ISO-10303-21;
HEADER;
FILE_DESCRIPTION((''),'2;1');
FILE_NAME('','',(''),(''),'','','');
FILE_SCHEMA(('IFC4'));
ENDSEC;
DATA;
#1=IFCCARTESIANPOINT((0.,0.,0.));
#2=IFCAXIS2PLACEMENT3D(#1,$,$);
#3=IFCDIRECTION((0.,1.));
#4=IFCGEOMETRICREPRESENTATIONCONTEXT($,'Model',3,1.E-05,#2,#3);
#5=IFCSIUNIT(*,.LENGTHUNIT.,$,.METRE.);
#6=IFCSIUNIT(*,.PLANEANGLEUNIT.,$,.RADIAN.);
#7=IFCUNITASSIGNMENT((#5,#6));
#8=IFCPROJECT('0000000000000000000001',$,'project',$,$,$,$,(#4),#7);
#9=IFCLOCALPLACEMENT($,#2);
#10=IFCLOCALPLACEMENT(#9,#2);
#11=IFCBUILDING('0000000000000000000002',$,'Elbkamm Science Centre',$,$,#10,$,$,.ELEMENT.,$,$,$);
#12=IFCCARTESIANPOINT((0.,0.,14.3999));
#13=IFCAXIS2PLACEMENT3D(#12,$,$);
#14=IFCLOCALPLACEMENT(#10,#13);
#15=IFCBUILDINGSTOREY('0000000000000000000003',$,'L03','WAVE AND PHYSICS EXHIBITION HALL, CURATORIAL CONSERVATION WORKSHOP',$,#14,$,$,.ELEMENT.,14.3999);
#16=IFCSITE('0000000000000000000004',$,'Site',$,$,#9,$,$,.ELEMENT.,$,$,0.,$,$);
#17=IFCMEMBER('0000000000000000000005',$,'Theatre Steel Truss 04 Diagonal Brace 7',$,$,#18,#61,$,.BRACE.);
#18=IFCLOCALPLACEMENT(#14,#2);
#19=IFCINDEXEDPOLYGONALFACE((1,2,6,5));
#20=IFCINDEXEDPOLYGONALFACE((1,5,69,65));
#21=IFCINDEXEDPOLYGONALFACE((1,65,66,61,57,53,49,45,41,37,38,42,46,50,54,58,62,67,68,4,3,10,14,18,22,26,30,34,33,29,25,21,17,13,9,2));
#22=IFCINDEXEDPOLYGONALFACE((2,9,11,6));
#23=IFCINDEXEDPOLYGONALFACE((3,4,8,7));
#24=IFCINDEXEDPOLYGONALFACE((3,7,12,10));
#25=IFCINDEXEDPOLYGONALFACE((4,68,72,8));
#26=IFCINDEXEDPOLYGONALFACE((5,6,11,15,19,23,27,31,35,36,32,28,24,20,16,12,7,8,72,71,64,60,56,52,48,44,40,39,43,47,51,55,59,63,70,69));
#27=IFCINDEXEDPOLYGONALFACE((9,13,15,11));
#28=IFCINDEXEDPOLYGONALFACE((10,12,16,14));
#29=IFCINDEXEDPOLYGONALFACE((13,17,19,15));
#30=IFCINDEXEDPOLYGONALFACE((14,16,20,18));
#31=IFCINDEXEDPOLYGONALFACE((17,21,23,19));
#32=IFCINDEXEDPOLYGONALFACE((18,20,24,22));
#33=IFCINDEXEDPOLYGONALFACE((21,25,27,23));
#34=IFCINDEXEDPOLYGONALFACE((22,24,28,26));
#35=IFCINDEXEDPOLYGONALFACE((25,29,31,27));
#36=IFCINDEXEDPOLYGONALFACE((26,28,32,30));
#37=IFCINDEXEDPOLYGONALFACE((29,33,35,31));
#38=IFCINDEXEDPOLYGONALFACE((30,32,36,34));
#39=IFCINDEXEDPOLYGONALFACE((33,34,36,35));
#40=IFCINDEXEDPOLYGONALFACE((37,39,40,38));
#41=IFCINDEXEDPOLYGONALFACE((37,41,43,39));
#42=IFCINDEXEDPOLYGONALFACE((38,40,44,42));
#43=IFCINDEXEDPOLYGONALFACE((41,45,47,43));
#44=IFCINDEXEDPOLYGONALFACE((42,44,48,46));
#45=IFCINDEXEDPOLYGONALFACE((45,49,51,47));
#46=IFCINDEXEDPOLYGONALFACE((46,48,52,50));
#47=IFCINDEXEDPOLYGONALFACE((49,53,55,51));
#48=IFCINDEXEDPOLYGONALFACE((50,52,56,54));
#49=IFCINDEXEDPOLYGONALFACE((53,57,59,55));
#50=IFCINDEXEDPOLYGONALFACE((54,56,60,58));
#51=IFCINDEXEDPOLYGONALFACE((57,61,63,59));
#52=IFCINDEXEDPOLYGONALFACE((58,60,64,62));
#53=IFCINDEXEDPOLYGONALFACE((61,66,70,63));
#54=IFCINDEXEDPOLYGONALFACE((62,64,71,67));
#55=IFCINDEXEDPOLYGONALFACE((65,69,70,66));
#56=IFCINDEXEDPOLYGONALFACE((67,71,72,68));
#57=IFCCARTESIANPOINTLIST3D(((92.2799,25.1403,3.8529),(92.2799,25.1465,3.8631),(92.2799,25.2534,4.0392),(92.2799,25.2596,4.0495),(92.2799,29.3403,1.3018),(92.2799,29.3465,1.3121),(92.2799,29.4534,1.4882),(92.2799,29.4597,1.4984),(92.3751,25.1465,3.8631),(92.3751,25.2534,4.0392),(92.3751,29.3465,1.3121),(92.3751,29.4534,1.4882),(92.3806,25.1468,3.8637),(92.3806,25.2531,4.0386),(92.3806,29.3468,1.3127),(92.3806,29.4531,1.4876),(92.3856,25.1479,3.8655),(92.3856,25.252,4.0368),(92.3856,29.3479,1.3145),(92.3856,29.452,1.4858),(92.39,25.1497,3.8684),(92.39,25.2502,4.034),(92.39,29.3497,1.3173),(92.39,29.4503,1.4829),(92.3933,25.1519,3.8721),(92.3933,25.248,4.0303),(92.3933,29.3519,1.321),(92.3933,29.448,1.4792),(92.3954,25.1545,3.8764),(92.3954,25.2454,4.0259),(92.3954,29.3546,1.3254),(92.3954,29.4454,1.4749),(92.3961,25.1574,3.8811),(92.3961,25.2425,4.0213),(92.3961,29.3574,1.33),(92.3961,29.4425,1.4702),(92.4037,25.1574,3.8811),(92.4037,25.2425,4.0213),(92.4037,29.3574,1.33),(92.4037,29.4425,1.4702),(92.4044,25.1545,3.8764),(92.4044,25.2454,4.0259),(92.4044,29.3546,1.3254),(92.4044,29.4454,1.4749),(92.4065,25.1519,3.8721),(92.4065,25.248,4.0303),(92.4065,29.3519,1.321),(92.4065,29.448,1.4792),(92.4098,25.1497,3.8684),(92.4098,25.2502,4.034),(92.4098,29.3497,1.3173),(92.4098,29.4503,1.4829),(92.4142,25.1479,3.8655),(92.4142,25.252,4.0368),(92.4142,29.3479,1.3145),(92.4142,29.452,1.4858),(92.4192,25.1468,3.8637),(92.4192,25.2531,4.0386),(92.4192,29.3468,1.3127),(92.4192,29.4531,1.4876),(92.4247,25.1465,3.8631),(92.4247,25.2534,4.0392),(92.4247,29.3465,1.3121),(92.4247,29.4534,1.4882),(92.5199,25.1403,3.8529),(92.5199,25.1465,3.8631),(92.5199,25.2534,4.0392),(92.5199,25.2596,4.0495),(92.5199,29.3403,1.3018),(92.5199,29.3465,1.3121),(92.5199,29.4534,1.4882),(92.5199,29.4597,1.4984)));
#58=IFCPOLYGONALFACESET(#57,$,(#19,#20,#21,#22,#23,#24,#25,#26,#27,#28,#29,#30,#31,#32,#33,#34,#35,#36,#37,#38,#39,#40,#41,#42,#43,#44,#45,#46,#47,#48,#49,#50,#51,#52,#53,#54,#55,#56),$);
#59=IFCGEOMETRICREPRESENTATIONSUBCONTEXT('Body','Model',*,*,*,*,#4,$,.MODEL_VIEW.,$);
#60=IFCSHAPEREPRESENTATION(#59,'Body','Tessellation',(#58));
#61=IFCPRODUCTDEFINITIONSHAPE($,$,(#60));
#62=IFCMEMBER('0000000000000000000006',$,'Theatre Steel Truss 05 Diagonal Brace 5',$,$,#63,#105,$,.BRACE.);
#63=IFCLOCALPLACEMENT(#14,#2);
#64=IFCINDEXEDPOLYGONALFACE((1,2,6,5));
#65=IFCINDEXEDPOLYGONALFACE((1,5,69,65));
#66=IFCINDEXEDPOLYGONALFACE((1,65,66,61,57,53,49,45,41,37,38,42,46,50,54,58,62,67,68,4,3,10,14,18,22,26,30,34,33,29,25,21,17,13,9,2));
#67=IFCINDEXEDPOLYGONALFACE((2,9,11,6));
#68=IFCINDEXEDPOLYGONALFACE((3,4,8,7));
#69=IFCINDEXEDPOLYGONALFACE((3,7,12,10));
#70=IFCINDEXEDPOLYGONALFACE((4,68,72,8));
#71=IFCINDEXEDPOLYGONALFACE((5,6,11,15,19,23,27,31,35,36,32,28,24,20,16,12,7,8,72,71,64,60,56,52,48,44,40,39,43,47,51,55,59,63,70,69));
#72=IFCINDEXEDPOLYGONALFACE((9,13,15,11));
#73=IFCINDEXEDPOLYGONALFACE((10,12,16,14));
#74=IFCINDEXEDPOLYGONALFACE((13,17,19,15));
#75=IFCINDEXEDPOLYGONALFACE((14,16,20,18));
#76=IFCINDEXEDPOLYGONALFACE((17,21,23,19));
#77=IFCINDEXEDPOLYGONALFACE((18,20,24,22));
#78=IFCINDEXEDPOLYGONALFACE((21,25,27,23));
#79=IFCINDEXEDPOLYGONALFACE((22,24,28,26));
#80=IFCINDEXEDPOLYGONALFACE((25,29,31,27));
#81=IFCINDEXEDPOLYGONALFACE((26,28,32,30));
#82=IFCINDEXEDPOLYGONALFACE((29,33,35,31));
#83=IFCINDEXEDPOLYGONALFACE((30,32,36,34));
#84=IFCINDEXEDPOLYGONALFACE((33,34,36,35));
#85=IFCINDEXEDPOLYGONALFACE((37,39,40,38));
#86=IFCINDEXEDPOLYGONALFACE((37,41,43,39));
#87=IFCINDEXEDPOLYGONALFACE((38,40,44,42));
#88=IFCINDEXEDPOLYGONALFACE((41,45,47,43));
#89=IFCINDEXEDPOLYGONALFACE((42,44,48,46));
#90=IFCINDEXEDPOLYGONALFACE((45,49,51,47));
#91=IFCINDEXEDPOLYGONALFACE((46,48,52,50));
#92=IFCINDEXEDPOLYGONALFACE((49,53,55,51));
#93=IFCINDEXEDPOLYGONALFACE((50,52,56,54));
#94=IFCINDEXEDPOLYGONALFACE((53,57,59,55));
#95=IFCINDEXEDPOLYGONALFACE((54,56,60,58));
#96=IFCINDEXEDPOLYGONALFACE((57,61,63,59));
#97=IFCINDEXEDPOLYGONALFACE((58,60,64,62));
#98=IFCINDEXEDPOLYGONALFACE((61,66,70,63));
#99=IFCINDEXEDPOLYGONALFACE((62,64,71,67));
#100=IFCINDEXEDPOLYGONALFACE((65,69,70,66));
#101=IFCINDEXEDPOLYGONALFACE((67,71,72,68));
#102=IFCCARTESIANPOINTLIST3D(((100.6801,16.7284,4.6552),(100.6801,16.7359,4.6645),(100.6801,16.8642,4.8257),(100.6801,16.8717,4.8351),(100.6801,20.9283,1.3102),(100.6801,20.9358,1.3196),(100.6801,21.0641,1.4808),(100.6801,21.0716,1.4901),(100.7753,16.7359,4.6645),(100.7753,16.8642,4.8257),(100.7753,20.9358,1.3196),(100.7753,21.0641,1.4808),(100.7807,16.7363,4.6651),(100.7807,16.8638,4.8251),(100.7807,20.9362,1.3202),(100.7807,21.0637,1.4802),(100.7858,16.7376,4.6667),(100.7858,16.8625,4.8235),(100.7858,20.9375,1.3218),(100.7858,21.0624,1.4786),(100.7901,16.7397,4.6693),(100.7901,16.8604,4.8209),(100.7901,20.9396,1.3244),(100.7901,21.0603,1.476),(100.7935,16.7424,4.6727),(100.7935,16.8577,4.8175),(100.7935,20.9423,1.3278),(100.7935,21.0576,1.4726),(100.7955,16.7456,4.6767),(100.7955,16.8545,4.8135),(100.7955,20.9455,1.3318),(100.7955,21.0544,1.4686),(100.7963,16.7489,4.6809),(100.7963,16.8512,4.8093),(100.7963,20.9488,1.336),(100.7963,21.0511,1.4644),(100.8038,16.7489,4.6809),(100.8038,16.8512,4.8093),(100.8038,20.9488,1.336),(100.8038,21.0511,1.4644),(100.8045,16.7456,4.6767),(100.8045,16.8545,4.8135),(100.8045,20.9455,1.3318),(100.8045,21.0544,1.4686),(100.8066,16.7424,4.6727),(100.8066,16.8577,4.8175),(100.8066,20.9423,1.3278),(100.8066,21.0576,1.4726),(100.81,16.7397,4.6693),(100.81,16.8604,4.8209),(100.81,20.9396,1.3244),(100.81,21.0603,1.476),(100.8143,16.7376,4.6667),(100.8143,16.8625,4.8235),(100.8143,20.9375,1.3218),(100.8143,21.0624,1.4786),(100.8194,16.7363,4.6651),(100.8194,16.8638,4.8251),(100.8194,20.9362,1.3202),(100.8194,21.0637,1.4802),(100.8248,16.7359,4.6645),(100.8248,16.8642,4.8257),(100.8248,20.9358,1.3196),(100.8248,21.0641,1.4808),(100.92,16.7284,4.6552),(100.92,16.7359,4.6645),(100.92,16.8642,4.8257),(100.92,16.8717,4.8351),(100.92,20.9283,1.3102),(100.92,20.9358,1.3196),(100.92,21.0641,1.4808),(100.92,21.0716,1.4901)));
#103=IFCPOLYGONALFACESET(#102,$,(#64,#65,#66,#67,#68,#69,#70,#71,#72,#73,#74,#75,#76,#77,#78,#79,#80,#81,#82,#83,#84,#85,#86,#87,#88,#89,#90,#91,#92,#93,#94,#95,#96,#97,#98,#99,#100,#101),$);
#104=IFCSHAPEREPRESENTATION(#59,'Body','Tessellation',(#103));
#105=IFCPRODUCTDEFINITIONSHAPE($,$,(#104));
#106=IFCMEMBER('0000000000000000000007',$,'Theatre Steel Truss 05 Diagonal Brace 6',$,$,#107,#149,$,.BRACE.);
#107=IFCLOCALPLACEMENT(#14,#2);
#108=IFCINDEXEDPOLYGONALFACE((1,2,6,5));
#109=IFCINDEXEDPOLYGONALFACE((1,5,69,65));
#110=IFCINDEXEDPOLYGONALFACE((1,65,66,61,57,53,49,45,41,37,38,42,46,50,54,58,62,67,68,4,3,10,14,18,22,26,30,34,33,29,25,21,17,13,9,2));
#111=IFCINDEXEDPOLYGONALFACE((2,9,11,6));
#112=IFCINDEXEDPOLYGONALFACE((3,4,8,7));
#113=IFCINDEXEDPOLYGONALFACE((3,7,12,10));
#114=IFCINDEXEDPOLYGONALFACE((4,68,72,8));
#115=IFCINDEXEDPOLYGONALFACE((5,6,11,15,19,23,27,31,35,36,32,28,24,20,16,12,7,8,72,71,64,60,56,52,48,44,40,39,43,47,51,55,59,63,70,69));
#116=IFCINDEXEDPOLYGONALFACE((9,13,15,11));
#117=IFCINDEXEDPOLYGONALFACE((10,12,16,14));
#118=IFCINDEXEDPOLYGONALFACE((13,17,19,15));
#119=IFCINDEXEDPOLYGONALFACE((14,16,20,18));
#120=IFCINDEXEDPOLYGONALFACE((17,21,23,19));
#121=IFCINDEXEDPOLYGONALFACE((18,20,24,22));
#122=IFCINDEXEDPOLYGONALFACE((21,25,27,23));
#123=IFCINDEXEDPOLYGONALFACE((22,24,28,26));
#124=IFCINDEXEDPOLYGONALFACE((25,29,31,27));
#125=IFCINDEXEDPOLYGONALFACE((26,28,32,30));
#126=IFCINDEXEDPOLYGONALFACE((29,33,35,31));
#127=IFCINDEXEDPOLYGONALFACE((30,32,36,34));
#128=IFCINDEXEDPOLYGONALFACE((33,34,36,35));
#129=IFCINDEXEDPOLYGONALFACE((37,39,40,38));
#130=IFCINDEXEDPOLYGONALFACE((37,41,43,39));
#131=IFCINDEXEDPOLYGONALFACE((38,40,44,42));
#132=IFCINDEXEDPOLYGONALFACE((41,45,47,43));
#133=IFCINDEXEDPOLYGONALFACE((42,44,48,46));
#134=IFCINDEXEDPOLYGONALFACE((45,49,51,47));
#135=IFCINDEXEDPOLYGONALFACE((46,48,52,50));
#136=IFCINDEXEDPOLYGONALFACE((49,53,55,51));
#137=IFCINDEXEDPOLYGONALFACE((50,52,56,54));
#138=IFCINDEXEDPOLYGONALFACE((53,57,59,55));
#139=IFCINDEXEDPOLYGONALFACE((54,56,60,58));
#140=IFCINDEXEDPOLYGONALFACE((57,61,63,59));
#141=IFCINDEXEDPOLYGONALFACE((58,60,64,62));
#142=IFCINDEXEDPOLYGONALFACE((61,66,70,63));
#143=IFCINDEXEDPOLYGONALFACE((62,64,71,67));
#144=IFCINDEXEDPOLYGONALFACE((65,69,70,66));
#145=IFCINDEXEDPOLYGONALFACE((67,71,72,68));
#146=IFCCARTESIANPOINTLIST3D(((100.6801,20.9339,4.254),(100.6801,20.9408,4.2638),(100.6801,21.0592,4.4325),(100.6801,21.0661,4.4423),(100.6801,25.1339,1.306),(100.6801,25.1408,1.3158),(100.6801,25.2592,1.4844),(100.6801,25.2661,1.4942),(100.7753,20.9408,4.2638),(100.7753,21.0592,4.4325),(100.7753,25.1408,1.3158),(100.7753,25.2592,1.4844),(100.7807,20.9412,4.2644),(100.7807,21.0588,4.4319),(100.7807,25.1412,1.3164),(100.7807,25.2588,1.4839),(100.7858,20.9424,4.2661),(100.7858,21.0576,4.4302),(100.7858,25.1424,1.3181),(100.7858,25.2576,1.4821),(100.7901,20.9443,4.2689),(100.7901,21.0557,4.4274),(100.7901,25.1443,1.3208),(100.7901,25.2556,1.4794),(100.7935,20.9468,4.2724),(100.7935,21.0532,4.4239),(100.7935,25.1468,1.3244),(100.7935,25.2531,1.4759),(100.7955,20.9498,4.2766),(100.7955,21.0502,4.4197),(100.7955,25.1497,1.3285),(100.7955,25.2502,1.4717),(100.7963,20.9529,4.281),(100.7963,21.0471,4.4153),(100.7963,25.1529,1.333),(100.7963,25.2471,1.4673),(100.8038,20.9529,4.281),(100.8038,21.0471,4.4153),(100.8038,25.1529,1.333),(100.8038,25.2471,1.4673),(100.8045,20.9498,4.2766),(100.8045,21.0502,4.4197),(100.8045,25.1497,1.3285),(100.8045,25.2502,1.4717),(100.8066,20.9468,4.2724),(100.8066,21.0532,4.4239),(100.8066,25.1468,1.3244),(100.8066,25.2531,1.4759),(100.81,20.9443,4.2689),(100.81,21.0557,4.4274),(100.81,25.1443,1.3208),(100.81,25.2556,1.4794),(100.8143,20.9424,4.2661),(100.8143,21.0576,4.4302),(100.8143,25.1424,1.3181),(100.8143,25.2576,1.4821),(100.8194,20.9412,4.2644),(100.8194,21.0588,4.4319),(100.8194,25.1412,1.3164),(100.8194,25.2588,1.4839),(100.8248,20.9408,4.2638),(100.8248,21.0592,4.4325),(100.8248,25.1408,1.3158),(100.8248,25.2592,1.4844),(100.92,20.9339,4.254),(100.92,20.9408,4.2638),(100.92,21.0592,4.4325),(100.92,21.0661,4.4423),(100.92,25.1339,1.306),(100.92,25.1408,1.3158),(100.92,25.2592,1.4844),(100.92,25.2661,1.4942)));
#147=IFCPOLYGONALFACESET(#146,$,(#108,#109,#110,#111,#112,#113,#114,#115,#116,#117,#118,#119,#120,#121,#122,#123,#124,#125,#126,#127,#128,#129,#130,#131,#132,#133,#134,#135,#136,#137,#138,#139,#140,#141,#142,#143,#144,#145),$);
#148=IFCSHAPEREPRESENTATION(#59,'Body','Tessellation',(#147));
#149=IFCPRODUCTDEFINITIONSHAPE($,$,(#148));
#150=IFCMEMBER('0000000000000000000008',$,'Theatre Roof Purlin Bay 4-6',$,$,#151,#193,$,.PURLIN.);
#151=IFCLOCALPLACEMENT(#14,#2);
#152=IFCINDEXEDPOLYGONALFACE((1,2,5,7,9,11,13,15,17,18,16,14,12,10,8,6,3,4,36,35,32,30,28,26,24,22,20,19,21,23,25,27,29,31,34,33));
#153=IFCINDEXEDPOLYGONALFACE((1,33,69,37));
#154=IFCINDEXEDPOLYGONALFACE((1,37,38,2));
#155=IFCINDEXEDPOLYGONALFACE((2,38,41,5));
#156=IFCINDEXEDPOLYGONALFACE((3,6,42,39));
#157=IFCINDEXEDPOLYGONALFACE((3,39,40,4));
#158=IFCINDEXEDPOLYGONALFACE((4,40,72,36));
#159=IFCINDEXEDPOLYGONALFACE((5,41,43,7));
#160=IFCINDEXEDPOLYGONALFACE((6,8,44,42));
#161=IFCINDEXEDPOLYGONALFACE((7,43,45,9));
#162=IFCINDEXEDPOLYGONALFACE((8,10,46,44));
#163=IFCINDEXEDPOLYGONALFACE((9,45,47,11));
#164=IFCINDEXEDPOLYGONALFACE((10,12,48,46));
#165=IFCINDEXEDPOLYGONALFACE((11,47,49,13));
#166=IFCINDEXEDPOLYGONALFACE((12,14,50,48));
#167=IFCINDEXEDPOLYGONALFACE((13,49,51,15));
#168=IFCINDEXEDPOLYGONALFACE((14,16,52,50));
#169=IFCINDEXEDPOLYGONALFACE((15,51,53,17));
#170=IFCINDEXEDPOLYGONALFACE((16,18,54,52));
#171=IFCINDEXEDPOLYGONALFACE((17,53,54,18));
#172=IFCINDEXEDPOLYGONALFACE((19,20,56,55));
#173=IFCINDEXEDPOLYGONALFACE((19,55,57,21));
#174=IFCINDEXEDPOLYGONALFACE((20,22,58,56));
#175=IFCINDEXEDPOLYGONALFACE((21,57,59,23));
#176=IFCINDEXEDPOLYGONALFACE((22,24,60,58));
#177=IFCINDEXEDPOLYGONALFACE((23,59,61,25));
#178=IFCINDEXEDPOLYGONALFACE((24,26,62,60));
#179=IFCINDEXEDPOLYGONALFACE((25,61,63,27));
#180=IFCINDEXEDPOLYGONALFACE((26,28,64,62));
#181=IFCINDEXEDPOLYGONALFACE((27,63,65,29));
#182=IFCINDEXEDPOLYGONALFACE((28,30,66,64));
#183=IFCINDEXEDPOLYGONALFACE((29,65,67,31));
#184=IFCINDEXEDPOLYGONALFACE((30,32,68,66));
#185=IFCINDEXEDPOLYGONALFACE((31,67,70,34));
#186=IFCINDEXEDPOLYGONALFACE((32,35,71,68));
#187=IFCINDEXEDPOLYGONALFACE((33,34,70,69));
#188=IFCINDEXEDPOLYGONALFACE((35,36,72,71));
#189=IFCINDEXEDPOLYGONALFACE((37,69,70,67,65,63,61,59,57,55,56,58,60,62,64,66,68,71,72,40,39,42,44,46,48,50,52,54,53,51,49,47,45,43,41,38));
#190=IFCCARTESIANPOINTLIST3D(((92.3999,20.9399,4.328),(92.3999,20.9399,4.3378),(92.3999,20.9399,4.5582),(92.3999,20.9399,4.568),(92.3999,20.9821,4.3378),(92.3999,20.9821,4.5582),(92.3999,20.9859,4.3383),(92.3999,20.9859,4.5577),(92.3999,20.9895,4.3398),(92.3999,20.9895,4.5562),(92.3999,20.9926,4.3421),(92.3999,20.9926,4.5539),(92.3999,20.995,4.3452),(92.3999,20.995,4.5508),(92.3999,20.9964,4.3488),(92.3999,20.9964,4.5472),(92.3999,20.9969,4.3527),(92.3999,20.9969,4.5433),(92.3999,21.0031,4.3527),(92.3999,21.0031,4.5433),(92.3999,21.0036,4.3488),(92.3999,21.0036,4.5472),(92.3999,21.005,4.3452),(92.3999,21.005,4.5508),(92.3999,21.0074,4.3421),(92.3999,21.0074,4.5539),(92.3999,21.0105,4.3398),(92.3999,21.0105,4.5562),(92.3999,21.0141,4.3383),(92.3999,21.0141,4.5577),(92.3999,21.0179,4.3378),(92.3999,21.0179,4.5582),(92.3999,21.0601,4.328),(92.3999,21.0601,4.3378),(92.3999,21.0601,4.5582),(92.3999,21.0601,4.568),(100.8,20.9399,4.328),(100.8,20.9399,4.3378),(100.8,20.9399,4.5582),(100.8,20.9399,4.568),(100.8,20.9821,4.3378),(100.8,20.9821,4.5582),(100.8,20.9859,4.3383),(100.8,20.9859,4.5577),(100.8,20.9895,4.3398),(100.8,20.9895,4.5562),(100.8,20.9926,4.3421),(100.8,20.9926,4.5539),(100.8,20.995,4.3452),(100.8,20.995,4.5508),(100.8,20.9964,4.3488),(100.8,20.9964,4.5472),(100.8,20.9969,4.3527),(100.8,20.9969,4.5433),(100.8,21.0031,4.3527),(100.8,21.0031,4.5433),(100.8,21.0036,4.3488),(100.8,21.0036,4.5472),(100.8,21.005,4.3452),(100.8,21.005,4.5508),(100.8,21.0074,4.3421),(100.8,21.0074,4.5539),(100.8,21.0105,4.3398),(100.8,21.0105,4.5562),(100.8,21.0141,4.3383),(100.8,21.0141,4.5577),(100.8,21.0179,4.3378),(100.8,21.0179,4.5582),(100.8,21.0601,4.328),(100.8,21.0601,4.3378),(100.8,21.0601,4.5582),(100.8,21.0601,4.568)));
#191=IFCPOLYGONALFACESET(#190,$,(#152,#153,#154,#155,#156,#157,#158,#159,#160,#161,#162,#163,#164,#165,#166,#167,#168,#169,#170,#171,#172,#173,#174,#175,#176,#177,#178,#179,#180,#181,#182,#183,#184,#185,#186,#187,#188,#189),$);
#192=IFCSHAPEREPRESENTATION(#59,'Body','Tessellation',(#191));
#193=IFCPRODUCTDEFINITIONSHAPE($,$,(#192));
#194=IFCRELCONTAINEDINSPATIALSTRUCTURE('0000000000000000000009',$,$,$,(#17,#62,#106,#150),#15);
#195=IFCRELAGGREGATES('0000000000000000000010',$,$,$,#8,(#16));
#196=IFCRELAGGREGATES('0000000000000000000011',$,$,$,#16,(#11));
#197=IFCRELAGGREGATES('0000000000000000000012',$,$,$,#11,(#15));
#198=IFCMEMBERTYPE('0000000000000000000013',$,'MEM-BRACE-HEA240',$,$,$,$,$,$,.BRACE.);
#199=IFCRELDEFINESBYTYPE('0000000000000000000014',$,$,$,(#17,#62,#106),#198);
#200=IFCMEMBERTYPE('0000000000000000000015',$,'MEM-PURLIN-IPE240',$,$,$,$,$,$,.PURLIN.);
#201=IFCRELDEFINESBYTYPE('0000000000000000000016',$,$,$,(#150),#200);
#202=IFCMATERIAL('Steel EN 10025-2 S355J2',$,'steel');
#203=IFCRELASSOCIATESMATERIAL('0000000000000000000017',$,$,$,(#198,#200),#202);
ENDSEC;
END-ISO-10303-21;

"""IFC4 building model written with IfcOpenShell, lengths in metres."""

from ifc_helpers import new_model, si_unit, direction, frame, origin, origin_2d, place, context, subcontext, project, spatial, i_section, extrude, material, material_profile, profile_set, type_object, element, save


model = new_model("IFC4")

# Units and contexts
model_context = context("Model", 3, precision=1e-05, world=origin(), true_north=direction((0.0, 1.0)))
body_context = subcontext(model_context, "Body", "Model", "MODEL_VIEW")
ifc_project = project(units=[si_unit("LENGTHUNIT", "METRE"), si_unit("PLANEANGLEUNIT", "RADIAN")], contexts=[model_context])

# Site, building, storey
site_placement = place(None, origin())
site = spatial("IfcSite", under=ifc_project, at=site_placement, Name="Site", CompositionType="ELEMENT", RefElevation=0.0)
building_placement = place(site_placement, origin())
building = spatial("IfcBuilding", under=site, at=building_placement, Name="Elbkamm Science Centre", CompositionType="ELEMENT")
storey_placement = place(building_placement, frame((0.0, 0.0, 14.3999)))
storey = spatial("IfcBuildingStorey", under=building, at=storey_placement, Name="L03", Description="WAVE AND PHYSICS EXHIBITION HALL, CURATORIAL CONSERVATION WORKSHOP", CompositionType="ELEMENT", Elevation=14.3999)

# Shared definitions
ifc_material_1 = material(Name="Steel EN 10025-2 S355J2", Category="steel")

# Members
ifc_material_profile_1 = material_profile(ifc_material_1, i_section(OverallWidth=0.24, OverallDepth=0.23, WebThickness=0.0076, FlangeThickness=0.012, FilletRadius=0.021, at=origin_2d()), Name="HEA 240")
ifc_profile_set_1 = profile_set([ifc_material_profile_1], Name="Steel EN 10025-2 S355J2")
member_type_1 = type_object("IfcMemberType", Name="MEM-BRACE-HEA240", PredefinedType="BRACE", material=ifc_profile_set_1)
member_1_placement = place(storey_placement, frame((92.3999, 25.2, 3.9512), z_axis=(0.0, 0.854692, -0.519135), x_axis=(-1.0, 0.0, 0.0)))
element("IfcMember", 1, at=member_1_placement, inside=storey, type_object=member_type_1, Name="Theatre Steel Truss 04 Diagonal Brace 7", PredefinedType="BRACE", context=body_context, shape_type="SweptSolid", body=[
    extrude(i_section(OverallWidth=0.24, OverallDepth=0.23, WebThickness=0.0076, FlangeThickness=0.012, FilletRadius=0.021, at=origin_2d()), origin(), (0.0, 0.0, 1.0), 4.9141),
])
member_2_placement = place(storey_placement, frame((100.8, 16.8, 4.7451), z_axis=(0.0, 0.782229, -0.622991), x_axis=(-1.0, 0.0, 0.0)))
element("IfcMember", 2, at=member_2_placement, inside=storey, type_object=member_type_1, Name="Theatre Steel Truss 05 Diagonal Brace 5", PredefinedType="BRACE", context=body_context, shape_type="SweptSolid", body=[
    extrude(i_section(OverallWidth=0.24, OverallDepth=0.23, WebThickness=0.0076, FlangeThickness=0.012, FilletRadius=0.021, at=origin_2d()), origin(), (0.0, 0.0, 1.0), 5.3691),
])
member_3_placement = place(storey_placement, frame((100.8, 21.0, 4.3481), z_axis=(0.0, 0.818496, -0.574512), x_axis=(-1.0, 0.0, 0.0)))
element("IfcMember", 3, at=member_3_placement, inside=storey, type_object=member_type_1, Name="Theatre Steel Truss 05 Diagonal Brace 6", PredefinedType="BRACE", context=body_context, shape_type="SweptSolid", body=[
    extrude(i_section(OverallWidth=0.24, OverallDepth=0.23, WebThickness=0.0076, FlangeThickness=0.012, FilletRadius=0.021, at=origin_2d()), origin(), (0.0, 0.0, 1.0), 5.1313),
])
ifc_material_profile_2 = material_profile(ifc_material_1, i_section(OverallWidth=0.1201, OverallDepth=0.24, WebThickness=0.0061, FlangeThickness=0.0098, FilletRadius=0.0149, at=origin_2d()), Name="IPE 240")
ifc_profile_set_2 = profile_set([ifc_material_profile_2], Name="Steel EN 10025-2 S355J2")
member_type_2 = type_object("IfcMemberType", Name="MEM-PURLIN-IPE240", PredefinedType="PURLIN", material=ifc_profile_set_2)
for number, where, z_axis, x_axis, name in (
    (4, (92.3999, 21.0, 4.448), (1.0, 0.0, 0.0), (0.0, 1.0, 0.0), "Theatre Roof Purlin Bay 4-6"),
):
    element("IfcMember", number, at=place(storey_placement, frame(where, z_axis=z_axis, x_axis=x_axis)), inside=storey, type_object=member_type_2, Name=name, PredefinedType="PURLIN", context=body_context, shape_type="SweptSolid", body=[
        extrude(i_section(OverallWidth=0.1201, OverallDepth=0.24, WebThickness=0.0061, FlangeThickness=0.0098, FilletRadius=0.0149, at=origin_2d()), origin(), (0.0, 0.0, 1.0), 8.4001),
    ])

save(model, "model.ifc")
